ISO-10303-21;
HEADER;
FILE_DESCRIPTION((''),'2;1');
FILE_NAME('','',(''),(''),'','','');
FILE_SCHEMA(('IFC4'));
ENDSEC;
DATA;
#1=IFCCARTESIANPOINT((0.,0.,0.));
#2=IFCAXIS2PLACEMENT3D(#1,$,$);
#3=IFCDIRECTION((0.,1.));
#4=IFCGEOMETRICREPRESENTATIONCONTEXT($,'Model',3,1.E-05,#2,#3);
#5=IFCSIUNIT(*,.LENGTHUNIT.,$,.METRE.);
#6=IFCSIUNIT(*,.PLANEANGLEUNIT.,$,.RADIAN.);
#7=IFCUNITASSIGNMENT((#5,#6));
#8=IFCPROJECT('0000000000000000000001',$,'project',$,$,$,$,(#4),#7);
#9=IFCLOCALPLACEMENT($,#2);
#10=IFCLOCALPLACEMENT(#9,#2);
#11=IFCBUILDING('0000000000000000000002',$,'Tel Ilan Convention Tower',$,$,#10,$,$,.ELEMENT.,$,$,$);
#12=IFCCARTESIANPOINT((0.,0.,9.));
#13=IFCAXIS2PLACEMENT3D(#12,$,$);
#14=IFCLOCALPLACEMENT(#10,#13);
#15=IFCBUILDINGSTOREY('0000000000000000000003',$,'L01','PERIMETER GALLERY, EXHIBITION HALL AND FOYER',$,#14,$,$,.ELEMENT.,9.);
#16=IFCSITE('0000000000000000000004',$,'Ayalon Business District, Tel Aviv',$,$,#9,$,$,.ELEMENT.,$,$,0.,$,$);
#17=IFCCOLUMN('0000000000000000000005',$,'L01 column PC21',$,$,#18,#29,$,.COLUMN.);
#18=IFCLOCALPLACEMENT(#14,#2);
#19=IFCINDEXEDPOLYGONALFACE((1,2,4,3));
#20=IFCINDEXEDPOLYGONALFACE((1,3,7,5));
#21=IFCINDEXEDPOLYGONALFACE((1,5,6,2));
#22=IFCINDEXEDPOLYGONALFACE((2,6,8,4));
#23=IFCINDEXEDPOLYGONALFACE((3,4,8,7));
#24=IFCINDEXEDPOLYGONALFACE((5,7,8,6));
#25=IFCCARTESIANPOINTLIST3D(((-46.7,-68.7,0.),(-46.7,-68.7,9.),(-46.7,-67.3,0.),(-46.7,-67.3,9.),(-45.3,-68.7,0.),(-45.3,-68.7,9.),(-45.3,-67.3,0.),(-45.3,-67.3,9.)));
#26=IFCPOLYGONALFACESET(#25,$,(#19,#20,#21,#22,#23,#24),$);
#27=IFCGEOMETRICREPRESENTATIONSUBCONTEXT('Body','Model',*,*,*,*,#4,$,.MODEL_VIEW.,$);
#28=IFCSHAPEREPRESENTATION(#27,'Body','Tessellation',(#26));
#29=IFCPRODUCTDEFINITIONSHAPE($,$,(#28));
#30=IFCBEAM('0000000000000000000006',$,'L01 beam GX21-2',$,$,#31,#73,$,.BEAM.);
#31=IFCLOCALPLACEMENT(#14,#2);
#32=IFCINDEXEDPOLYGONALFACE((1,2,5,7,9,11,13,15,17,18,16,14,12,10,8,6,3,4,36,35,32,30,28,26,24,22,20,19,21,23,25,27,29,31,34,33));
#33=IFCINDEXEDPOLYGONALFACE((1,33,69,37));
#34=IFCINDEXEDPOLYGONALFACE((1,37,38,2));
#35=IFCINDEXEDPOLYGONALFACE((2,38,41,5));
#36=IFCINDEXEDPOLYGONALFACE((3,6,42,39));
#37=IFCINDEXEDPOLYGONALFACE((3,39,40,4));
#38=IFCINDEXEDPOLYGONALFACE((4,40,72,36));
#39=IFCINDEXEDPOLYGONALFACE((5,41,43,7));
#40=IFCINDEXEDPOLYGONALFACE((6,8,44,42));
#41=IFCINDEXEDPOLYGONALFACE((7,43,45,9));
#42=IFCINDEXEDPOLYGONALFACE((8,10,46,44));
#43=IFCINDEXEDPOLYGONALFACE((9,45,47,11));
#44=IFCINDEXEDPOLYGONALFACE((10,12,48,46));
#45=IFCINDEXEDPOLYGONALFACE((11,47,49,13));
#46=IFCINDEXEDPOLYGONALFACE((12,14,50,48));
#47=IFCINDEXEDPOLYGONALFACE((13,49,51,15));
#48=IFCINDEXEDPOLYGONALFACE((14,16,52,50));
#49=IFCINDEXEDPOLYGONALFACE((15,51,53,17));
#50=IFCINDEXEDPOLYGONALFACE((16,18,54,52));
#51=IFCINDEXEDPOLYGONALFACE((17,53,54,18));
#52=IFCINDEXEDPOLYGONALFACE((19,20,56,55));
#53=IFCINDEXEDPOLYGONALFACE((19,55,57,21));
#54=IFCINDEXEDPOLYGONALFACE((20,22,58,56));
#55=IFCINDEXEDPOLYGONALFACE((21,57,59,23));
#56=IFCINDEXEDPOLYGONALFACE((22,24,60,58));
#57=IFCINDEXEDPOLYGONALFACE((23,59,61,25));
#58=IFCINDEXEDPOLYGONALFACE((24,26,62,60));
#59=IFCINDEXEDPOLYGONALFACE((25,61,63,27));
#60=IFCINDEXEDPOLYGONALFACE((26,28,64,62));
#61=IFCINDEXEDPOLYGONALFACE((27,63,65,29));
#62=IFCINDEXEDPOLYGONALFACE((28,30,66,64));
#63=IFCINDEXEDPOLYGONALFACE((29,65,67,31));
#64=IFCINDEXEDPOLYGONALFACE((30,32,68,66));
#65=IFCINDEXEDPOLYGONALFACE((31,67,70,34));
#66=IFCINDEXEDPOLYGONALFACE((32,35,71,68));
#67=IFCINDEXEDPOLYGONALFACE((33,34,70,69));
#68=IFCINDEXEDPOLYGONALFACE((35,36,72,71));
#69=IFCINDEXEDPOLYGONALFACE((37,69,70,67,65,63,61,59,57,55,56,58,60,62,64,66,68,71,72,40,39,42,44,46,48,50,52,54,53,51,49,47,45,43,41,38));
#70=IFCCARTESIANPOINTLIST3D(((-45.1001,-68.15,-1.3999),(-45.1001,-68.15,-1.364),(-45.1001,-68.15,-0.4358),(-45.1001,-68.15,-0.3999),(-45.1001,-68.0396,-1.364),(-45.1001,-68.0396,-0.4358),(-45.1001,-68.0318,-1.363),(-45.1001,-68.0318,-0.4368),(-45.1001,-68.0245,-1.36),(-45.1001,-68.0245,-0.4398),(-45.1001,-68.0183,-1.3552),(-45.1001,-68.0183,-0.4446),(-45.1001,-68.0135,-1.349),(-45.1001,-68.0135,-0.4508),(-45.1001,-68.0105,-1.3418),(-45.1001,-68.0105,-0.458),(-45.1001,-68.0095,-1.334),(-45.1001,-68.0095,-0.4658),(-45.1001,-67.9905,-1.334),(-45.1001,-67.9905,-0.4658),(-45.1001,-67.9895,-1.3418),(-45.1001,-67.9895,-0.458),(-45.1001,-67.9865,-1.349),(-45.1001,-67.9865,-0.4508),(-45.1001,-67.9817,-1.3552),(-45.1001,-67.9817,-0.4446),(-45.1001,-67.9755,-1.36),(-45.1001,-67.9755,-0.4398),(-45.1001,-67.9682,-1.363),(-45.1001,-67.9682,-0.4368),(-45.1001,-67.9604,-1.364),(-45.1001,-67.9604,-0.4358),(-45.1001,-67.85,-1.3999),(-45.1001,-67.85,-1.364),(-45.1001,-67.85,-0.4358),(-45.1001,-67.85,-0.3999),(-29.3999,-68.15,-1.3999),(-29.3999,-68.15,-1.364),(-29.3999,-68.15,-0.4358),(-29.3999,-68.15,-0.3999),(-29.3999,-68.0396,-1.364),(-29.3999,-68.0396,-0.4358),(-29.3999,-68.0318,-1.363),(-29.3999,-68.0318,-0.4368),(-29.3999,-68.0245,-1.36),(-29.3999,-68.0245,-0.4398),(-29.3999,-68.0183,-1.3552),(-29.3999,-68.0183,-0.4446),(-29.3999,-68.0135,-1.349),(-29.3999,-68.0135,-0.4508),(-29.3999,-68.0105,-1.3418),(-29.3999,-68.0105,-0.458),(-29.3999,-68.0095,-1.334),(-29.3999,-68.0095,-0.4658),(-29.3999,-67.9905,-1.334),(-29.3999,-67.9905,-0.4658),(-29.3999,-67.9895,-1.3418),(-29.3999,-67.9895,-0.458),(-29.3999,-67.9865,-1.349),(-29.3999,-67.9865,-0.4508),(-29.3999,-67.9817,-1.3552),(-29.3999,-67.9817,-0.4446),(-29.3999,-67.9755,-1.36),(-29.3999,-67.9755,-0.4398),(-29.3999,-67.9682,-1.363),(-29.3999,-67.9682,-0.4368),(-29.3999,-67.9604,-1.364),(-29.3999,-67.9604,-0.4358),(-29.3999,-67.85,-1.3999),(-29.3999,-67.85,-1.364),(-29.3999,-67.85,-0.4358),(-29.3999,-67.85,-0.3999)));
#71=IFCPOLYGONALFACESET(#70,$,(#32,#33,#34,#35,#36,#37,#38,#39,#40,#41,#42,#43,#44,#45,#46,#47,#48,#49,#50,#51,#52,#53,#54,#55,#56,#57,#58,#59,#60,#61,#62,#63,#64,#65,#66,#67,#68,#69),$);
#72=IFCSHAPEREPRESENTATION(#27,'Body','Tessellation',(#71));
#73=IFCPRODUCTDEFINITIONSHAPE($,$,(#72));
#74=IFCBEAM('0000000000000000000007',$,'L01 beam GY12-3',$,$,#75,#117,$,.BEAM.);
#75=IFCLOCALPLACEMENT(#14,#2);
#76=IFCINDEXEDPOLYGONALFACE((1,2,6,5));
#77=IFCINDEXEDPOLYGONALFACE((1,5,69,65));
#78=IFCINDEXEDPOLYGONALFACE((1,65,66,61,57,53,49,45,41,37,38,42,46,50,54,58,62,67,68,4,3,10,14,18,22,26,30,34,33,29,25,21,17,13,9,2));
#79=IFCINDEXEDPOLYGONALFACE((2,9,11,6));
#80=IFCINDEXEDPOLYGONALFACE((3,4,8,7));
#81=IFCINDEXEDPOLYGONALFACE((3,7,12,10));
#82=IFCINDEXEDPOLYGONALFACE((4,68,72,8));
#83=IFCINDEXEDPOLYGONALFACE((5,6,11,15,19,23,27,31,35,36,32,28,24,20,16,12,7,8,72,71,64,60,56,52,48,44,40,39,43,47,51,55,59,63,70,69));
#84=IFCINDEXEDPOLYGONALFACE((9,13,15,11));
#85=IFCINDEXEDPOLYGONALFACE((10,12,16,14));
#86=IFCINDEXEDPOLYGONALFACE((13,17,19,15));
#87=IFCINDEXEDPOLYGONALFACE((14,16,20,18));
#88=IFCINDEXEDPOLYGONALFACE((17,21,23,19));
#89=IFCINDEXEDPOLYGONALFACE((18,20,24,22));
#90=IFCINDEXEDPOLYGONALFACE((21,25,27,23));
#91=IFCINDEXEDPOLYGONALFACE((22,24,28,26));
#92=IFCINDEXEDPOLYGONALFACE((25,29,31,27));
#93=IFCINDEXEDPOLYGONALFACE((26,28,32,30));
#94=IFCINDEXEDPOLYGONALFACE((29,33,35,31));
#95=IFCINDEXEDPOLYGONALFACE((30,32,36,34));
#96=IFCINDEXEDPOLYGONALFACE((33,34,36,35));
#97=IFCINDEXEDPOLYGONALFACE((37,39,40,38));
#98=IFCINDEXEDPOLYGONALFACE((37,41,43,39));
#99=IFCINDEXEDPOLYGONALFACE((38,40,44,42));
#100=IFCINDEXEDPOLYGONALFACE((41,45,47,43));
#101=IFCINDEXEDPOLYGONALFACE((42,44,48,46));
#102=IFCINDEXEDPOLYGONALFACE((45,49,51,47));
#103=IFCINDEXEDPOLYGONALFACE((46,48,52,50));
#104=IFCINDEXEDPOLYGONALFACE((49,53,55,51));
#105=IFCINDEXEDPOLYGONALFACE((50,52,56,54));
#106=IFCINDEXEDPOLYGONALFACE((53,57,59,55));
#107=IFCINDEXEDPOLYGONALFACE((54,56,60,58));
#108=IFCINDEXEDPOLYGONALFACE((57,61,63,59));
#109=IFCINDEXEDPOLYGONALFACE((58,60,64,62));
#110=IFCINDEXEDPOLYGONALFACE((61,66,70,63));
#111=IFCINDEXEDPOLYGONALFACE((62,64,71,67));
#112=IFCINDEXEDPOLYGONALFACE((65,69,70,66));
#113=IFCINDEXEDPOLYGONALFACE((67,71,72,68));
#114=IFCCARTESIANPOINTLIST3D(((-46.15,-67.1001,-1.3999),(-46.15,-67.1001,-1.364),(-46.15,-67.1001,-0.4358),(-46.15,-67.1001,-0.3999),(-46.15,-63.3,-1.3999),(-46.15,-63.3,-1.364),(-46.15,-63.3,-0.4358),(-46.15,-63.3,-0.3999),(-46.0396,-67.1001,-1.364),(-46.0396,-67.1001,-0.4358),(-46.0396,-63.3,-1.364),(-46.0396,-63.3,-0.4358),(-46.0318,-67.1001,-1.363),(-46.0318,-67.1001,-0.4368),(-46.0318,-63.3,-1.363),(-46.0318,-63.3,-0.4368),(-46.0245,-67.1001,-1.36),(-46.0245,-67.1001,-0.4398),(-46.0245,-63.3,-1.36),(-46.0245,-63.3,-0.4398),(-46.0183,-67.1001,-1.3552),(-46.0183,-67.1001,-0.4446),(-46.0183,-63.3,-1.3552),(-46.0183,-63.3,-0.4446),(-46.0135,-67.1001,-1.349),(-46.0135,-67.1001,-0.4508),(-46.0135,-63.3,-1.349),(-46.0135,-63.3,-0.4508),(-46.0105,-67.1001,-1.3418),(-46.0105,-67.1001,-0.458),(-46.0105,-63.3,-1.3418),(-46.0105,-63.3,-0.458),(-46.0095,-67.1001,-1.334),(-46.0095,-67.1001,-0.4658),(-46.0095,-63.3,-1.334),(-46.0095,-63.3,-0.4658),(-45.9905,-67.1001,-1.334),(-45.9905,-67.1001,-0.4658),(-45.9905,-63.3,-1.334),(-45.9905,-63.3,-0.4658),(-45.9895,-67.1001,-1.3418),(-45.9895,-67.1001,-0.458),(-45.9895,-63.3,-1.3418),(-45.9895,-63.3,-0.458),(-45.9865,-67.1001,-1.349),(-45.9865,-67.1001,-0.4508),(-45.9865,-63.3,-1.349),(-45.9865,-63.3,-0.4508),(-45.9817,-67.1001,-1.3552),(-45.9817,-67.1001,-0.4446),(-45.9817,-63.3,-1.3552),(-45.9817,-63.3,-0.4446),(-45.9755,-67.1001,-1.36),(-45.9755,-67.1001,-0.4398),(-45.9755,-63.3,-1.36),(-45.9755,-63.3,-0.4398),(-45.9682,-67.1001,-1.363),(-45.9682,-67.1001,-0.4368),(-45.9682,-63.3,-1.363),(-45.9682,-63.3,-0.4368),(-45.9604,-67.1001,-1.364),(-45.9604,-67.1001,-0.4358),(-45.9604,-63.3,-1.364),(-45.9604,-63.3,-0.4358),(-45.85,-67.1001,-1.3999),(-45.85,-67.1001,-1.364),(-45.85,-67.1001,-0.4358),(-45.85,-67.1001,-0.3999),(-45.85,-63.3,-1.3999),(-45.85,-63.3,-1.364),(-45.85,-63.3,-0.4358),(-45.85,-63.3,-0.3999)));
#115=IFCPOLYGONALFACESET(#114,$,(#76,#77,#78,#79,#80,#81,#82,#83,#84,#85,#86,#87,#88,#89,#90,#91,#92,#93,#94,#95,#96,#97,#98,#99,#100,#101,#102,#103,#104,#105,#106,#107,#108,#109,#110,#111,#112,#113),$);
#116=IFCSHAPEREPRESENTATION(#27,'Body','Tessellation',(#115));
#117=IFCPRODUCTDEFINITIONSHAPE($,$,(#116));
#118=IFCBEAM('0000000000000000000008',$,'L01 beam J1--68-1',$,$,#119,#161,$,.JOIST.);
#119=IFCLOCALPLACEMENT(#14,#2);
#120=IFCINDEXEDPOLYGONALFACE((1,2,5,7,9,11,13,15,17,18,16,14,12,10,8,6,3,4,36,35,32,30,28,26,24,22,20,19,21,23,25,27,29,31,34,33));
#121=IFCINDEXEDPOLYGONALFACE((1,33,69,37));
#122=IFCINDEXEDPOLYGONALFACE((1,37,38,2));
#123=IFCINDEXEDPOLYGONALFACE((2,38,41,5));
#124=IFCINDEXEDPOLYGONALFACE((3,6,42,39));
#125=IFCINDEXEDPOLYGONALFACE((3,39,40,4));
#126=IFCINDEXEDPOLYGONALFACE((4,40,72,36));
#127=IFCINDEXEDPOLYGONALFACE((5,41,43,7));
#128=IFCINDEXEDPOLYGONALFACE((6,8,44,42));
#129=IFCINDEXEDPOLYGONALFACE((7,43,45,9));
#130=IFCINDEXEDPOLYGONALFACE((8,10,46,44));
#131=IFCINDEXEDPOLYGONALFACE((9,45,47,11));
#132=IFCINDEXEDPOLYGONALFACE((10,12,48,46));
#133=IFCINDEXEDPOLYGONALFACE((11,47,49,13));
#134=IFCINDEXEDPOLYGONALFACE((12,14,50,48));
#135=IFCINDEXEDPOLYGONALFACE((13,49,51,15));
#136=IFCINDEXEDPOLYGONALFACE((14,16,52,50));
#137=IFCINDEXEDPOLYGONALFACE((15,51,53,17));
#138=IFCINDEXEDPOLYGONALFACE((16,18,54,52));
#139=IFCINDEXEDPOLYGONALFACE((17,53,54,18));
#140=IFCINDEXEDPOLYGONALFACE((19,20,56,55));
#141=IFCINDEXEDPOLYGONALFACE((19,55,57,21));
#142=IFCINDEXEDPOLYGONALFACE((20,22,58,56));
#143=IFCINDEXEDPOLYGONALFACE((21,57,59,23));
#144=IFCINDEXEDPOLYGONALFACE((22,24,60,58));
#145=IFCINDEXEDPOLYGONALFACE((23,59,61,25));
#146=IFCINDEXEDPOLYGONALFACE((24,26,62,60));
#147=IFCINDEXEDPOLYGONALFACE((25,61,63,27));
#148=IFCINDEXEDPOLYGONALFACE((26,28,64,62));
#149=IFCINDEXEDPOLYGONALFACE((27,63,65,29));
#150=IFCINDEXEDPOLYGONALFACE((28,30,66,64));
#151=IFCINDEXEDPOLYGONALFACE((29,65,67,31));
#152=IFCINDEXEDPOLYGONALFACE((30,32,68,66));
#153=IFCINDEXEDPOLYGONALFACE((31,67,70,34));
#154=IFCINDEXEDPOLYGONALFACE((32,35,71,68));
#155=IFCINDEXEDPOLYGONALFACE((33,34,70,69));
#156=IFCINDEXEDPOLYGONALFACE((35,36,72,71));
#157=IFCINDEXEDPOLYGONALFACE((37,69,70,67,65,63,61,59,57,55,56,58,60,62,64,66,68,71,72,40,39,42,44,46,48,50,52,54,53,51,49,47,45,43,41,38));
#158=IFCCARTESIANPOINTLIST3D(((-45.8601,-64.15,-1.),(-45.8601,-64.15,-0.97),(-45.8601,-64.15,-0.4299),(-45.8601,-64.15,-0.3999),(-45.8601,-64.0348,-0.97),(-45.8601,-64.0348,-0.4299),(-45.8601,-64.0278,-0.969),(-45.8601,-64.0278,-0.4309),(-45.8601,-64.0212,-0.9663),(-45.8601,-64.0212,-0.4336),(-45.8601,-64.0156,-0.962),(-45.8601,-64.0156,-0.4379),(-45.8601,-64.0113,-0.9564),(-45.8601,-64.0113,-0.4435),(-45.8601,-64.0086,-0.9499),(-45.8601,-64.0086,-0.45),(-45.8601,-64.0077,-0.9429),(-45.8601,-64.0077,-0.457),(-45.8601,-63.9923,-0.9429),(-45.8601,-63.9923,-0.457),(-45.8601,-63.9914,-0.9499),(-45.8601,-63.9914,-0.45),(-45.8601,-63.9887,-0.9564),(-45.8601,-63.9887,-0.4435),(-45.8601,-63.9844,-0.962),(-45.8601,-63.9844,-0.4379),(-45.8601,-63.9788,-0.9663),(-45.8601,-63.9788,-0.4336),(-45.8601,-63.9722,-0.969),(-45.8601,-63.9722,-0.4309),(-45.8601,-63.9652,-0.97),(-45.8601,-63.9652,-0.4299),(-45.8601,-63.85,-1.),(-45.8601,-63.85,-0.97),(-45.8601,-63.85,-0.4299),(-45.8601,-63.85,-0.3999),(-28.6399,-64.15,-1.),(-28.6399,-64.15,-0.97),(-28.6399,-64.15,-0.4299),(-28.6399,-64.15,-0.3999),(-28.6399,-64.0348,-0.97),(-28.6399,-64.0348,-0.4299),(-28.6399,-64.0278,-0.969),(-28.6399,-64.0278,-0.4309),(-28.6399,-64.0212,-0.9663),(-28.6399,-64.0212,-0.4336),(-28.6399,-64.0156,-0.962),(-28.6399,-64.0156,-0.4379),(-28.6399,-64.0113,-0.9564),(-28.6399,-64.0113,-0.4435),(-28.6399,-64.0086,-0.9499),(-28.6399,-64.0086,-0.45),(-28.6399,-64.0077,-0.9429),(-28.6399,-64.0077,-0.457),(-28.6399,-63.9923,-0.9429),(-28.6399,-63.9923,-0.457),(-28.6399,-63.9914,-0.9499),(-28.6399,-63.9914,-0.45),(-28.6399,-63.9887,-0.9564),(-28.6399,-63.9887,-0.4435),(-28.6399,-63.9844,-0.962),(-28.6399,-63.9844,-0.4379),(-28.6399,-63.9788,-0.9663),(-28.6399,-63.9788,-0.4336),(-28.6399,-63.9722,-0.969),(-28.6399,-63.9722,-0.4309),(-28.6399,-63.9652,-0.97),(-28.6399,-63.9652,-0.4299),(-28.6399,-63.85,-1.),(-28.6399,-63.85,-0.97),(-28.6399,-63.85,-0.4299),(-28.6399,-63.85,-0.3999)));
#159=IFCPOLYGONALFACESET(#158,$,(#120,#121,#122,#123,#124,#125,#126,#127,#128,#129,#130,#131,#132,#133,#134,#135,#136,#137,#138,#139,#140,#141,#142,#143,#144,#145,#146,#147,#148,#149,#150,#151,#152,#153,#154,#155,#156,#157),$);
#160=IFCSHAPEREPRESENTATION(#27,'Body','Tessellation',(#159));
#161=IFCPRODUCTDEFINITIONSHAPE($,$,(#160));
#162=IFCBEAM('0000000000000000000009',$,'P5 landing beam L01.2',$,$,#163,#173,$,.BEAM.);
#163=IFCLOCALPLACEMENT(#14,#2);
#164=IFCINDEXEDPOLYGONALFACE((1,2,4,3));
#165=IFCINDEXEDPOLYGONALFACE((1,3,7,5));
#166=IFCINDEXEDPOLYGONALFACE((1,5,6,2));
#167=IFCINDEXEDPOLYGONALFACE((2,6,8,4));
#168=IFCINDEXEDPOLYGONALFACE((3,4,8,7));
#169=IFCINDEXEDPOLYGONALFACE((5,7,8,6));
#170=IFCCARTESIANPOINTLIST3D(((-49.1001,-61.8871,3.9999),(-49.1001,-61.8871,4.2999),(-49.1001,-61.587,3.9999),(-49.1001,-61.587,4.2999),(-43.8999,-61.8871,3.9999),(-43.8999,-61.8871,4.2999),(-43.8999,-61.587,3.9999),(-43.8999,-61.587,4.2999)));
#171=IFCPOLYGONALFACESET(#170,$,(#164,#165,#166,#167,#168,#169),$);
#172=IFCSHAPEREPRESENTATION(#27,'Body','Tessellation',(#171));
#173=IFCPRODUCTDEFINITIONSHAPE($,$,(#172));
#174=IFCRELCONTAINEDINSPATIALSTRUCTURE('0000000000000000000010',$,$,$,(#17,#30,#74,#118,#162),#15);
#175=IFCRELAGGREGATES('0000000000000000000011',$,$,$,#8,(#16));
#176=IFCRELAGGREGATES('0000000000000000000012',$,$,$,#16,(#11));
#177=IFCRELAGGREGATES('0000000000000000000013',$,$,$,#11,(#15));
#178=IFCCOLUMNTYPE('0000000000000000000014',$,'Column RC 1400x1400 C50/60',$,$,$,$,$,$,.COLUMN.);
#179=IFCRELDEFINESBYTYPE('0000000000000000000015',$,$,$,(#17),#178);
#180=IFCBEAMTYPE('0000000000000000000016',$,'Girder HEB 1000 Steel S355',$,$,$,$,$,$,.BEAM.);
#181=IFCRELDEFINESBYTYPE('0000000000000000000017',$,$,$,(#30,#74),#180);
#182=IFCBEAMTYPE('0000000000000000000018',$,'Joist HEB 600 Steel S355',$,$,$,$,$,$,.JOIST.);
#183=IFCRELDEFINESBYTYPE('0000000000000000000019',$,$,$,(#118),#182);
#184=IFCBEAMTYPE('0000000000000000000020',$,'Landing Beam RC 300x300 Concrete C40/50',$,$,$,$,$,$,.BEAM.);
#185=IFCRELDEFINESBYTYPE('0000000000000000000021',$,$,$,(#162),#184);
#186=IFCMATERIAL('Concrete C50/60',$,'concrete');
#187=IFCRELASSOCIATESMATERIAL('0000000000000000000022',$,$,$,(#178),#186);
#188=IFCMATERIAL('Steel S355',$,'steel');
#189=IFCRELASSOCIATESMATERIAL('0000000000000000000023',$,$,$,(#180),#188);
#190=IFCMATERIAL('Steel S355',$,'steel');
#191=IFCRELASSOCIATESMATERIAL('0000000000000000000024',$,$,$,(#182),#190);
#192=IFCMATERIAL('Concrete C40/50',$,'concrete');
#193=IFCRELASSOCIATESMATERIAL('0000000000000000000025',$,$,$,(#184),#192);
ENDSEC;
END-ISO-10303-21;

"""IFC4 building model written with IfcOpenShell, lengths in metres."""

from ifc_helpers import new_model, si_unit, direction, frame, origin, origin_2d, place, context, subcontext, project, spatial, rectangle, i_section, extrude, material, material_profile, profile_set, type_object, element, save


model = new_model("IFC4")

# Units and contexts
model_context = context("Model", 3, precision=1e-05, world=origin(), true_north=direction((0.0, 1.0)))
body_context = subcontext(model_context, "Body", "Model", "MODEL_VIEW")
ifc_project = project(units=[si_unit("LENGTHUNIT", "METRE"), si_unit("PLANEANGLEUNIT", "RADIAN")], contexts=[model_context])

# Site, building, storey
site_placement = place(None, origin())
site = spatial("IfcSite", under=ifc_project, at=site_placement, Name="Ayalon Business District, Tel Aviv", CompositionType="ELEMENT", RefElevation=0.0)
building_placement = place(site_placement, origin())
building = spatial("IfcBuilding", under=site, at=building_placement, Name="Tel Ilan Convention Tower", CompositionType="ELEMENT")
storey_placement = place(building_placement, frame((0.0, 0.0, 9.0)))
storey = spatial("IfcBuildingStorey", under=building, at=storey_placement, Name="L01", Description="PERIMETER GALLERY, EXHIBITION HALL AND FOYER", CompositionType="ELEMENT", Elevation=9.0)

# Column
ifc_material_1 = material(Name="Concrete C50/60", Category="concrete")
ifc_material_profile_1 = material_profile(ifc_material_1, rectangle(XDim=1.3999, YDim=1.3999, at=origin_2d()), Name="RC 1400x1400")
ifc_profile_set_1 = profile_set([ifc_material_profile_1], Name="Concrete C50/60")
column_type = type_object("IfcColumnType", Name="Column RC 1400x1400 C50/60", PredefinedType="COLUMN", material=ifc_profile_set_1)
column_placement = place(storey_placement, frame((-46.0, -68.0, 0.0), z_axis=(0.0, 0.0, 1.0), x_axis=(1.0, 0.0, 0.0)))
element("IfcColumn", 1, at=column_placement, inside=storey, type_object=column_type, Name="L01 column PC21", PredefinedType="COLUMN", context=body_context, shape_type="SweptSolid", body=[
    extrude(rectangle(XDim=1.3999, YDim=1.3999, at=origin_2d()), origin(), (0.0, 0.0, 1.0), 9.0),
])

# Beams
ifc_material_2 = material(Name="Steel S355", Category="steel")
ifc_material_profile_2 = material_profile(ifc_material_2, i_section(OverallWidth=0.3, OverallDepth=1.0, WebThickness=0.019, FlangeThickness=0.0359, FilletRadius=0.03, at=origin_2d()), Name="HEB 1000")
ifc_profile_set_2 = profile_set([ifc_material_profile_2], Name="Steel S355")
beam_type_1 = type_object("IfcBeamType", Name="Girder HEB 1000 Steel S355", PredefinedType="BEAM", material=ifc_profile_set_2)
beam_1_placement = place(storey_placement, frame((-45.1001, -68.0, -0.8999), z_axis=(1.0, 0.0, 0.0), x_axis=(0.0, 1.0, 0.0)))
element("IfcBeam", 2, at=beam_1_placement, inside=storey, type_object=beam_type_1, Name="L01 beam GX21-2", PredefinedType="BEAM", context=body_context, shape_type="SweptSolid", body=[
    extrude(i_section(OverallWidth=0.3, OverallDepth=1.0, WebThickness=0.019, FlangeThickness=0.0359, FilletRadius=0.03, at=origin_2d()), origin(), (0.0, 0.0, 1.0), 15.7002),
])
beam_2_placement = place(storey_placement, frame((-46.0, -67.1001, -0.8999), z_axis=(0.0, 1.0, 0.0), x_axis=(-1.0, 0.0, 0.0)))
element("IfcBeam", 3, at=beam_2_placement, inside=storey, type_object=beam_type_1, Name="L01 beam GY12-3", PredefinedType="BEAM", context=body_context, shape_type="SweptSolid", body=[
    extrude(i_section(OverallWidth=0.3, OverallDepth=1.0, WebThickness=0.019, FlangeThickness=0.0359, FilletRadius=0.03, at=origin_2d()), origin(), (0.0, 0.0, 1.0), 3.8),
])
ifc_material_3 = material(Name="Steel S355", Category="steel")
ifc_material_profile_3 = material_profile(ifc_material_3, i_section(OverallWidth=0.3, OverallDepth=0.6001, WebThickness=0.0154, FlangeThickness=0.03, FilletRadius=0.0271, at=origin_2d()), Name="HEB 600")
ifc_profile_set_3 = profile_set([ifc_material_profile_3], Name="Steel S355")
beam_type_2 = type_object("IfcBeamType", Name="Joist HEB 600 Steel S355", PredefinedType="JOIST", material=ifc_profile_set_3)
beam_3_placement = place(storey_placement, frame((-45.8601, -64.0, -0.7), z_axis=(1.0, 0.0, 0.0), x_axis=(0.0, 1.0, 0.0)))
element("IfcBeam", 4, at=beam_3_placement, inside=storey, type_object=beam_type_2, Name="L01 beam J1--68-1", PredefinedType="JOIST", context=body_context, shape_type="SweptSolid", body=[
    extrude(i_section(OverallWidth=0.3, OverallDepth=0.6001, WebThickness=0.0154, FlangeThickness=0.03, FilletRadius=0.0271, at=origin_2d()), origin(), (0.0, 0.0, 1.0), 17.2202),
])
ifc_material_4 = material(Name="Concrete C40/50", Category="concrete")
ifc_material_profile_4 = material_profile(ifc_material_4, rectangle(XDim=0.3, YDim=0.3, at=origin_2d()), Name="RC 300x300")
ifc_profile_set_4 = profile_set([ifc_material_profile_4], Name="Concrete C40/50")
beam_type_3 = type_object("IfcBeamType", Name="Landing Beam RC 300x300 Concrete C40/50", PredefinedType="BEAM", material=ifc_profile_set_4)
beam_4_placement = place(storey_placement, frame((-43.8999, -61.7371, 4.1499), z_axis=(-1.0, 0.0, 0.0), x_axis=(0.0, -1.0, 0.0)))
element("IfcBeam", 5, at=beam_4_placement, inside=storey, type_object=beam_type_3, Name="P5 landing beam L01.2", PredefinedType="BEAM", context=body_context, shape_type="SweptSolid", body=[
    extrude(rectangle(XDim=0.3, YDim=0.3, at=origin_2d()), origin(), (0.0, 0.0, 1.0), 5.2002),
])

save(model, "model.ifc")
